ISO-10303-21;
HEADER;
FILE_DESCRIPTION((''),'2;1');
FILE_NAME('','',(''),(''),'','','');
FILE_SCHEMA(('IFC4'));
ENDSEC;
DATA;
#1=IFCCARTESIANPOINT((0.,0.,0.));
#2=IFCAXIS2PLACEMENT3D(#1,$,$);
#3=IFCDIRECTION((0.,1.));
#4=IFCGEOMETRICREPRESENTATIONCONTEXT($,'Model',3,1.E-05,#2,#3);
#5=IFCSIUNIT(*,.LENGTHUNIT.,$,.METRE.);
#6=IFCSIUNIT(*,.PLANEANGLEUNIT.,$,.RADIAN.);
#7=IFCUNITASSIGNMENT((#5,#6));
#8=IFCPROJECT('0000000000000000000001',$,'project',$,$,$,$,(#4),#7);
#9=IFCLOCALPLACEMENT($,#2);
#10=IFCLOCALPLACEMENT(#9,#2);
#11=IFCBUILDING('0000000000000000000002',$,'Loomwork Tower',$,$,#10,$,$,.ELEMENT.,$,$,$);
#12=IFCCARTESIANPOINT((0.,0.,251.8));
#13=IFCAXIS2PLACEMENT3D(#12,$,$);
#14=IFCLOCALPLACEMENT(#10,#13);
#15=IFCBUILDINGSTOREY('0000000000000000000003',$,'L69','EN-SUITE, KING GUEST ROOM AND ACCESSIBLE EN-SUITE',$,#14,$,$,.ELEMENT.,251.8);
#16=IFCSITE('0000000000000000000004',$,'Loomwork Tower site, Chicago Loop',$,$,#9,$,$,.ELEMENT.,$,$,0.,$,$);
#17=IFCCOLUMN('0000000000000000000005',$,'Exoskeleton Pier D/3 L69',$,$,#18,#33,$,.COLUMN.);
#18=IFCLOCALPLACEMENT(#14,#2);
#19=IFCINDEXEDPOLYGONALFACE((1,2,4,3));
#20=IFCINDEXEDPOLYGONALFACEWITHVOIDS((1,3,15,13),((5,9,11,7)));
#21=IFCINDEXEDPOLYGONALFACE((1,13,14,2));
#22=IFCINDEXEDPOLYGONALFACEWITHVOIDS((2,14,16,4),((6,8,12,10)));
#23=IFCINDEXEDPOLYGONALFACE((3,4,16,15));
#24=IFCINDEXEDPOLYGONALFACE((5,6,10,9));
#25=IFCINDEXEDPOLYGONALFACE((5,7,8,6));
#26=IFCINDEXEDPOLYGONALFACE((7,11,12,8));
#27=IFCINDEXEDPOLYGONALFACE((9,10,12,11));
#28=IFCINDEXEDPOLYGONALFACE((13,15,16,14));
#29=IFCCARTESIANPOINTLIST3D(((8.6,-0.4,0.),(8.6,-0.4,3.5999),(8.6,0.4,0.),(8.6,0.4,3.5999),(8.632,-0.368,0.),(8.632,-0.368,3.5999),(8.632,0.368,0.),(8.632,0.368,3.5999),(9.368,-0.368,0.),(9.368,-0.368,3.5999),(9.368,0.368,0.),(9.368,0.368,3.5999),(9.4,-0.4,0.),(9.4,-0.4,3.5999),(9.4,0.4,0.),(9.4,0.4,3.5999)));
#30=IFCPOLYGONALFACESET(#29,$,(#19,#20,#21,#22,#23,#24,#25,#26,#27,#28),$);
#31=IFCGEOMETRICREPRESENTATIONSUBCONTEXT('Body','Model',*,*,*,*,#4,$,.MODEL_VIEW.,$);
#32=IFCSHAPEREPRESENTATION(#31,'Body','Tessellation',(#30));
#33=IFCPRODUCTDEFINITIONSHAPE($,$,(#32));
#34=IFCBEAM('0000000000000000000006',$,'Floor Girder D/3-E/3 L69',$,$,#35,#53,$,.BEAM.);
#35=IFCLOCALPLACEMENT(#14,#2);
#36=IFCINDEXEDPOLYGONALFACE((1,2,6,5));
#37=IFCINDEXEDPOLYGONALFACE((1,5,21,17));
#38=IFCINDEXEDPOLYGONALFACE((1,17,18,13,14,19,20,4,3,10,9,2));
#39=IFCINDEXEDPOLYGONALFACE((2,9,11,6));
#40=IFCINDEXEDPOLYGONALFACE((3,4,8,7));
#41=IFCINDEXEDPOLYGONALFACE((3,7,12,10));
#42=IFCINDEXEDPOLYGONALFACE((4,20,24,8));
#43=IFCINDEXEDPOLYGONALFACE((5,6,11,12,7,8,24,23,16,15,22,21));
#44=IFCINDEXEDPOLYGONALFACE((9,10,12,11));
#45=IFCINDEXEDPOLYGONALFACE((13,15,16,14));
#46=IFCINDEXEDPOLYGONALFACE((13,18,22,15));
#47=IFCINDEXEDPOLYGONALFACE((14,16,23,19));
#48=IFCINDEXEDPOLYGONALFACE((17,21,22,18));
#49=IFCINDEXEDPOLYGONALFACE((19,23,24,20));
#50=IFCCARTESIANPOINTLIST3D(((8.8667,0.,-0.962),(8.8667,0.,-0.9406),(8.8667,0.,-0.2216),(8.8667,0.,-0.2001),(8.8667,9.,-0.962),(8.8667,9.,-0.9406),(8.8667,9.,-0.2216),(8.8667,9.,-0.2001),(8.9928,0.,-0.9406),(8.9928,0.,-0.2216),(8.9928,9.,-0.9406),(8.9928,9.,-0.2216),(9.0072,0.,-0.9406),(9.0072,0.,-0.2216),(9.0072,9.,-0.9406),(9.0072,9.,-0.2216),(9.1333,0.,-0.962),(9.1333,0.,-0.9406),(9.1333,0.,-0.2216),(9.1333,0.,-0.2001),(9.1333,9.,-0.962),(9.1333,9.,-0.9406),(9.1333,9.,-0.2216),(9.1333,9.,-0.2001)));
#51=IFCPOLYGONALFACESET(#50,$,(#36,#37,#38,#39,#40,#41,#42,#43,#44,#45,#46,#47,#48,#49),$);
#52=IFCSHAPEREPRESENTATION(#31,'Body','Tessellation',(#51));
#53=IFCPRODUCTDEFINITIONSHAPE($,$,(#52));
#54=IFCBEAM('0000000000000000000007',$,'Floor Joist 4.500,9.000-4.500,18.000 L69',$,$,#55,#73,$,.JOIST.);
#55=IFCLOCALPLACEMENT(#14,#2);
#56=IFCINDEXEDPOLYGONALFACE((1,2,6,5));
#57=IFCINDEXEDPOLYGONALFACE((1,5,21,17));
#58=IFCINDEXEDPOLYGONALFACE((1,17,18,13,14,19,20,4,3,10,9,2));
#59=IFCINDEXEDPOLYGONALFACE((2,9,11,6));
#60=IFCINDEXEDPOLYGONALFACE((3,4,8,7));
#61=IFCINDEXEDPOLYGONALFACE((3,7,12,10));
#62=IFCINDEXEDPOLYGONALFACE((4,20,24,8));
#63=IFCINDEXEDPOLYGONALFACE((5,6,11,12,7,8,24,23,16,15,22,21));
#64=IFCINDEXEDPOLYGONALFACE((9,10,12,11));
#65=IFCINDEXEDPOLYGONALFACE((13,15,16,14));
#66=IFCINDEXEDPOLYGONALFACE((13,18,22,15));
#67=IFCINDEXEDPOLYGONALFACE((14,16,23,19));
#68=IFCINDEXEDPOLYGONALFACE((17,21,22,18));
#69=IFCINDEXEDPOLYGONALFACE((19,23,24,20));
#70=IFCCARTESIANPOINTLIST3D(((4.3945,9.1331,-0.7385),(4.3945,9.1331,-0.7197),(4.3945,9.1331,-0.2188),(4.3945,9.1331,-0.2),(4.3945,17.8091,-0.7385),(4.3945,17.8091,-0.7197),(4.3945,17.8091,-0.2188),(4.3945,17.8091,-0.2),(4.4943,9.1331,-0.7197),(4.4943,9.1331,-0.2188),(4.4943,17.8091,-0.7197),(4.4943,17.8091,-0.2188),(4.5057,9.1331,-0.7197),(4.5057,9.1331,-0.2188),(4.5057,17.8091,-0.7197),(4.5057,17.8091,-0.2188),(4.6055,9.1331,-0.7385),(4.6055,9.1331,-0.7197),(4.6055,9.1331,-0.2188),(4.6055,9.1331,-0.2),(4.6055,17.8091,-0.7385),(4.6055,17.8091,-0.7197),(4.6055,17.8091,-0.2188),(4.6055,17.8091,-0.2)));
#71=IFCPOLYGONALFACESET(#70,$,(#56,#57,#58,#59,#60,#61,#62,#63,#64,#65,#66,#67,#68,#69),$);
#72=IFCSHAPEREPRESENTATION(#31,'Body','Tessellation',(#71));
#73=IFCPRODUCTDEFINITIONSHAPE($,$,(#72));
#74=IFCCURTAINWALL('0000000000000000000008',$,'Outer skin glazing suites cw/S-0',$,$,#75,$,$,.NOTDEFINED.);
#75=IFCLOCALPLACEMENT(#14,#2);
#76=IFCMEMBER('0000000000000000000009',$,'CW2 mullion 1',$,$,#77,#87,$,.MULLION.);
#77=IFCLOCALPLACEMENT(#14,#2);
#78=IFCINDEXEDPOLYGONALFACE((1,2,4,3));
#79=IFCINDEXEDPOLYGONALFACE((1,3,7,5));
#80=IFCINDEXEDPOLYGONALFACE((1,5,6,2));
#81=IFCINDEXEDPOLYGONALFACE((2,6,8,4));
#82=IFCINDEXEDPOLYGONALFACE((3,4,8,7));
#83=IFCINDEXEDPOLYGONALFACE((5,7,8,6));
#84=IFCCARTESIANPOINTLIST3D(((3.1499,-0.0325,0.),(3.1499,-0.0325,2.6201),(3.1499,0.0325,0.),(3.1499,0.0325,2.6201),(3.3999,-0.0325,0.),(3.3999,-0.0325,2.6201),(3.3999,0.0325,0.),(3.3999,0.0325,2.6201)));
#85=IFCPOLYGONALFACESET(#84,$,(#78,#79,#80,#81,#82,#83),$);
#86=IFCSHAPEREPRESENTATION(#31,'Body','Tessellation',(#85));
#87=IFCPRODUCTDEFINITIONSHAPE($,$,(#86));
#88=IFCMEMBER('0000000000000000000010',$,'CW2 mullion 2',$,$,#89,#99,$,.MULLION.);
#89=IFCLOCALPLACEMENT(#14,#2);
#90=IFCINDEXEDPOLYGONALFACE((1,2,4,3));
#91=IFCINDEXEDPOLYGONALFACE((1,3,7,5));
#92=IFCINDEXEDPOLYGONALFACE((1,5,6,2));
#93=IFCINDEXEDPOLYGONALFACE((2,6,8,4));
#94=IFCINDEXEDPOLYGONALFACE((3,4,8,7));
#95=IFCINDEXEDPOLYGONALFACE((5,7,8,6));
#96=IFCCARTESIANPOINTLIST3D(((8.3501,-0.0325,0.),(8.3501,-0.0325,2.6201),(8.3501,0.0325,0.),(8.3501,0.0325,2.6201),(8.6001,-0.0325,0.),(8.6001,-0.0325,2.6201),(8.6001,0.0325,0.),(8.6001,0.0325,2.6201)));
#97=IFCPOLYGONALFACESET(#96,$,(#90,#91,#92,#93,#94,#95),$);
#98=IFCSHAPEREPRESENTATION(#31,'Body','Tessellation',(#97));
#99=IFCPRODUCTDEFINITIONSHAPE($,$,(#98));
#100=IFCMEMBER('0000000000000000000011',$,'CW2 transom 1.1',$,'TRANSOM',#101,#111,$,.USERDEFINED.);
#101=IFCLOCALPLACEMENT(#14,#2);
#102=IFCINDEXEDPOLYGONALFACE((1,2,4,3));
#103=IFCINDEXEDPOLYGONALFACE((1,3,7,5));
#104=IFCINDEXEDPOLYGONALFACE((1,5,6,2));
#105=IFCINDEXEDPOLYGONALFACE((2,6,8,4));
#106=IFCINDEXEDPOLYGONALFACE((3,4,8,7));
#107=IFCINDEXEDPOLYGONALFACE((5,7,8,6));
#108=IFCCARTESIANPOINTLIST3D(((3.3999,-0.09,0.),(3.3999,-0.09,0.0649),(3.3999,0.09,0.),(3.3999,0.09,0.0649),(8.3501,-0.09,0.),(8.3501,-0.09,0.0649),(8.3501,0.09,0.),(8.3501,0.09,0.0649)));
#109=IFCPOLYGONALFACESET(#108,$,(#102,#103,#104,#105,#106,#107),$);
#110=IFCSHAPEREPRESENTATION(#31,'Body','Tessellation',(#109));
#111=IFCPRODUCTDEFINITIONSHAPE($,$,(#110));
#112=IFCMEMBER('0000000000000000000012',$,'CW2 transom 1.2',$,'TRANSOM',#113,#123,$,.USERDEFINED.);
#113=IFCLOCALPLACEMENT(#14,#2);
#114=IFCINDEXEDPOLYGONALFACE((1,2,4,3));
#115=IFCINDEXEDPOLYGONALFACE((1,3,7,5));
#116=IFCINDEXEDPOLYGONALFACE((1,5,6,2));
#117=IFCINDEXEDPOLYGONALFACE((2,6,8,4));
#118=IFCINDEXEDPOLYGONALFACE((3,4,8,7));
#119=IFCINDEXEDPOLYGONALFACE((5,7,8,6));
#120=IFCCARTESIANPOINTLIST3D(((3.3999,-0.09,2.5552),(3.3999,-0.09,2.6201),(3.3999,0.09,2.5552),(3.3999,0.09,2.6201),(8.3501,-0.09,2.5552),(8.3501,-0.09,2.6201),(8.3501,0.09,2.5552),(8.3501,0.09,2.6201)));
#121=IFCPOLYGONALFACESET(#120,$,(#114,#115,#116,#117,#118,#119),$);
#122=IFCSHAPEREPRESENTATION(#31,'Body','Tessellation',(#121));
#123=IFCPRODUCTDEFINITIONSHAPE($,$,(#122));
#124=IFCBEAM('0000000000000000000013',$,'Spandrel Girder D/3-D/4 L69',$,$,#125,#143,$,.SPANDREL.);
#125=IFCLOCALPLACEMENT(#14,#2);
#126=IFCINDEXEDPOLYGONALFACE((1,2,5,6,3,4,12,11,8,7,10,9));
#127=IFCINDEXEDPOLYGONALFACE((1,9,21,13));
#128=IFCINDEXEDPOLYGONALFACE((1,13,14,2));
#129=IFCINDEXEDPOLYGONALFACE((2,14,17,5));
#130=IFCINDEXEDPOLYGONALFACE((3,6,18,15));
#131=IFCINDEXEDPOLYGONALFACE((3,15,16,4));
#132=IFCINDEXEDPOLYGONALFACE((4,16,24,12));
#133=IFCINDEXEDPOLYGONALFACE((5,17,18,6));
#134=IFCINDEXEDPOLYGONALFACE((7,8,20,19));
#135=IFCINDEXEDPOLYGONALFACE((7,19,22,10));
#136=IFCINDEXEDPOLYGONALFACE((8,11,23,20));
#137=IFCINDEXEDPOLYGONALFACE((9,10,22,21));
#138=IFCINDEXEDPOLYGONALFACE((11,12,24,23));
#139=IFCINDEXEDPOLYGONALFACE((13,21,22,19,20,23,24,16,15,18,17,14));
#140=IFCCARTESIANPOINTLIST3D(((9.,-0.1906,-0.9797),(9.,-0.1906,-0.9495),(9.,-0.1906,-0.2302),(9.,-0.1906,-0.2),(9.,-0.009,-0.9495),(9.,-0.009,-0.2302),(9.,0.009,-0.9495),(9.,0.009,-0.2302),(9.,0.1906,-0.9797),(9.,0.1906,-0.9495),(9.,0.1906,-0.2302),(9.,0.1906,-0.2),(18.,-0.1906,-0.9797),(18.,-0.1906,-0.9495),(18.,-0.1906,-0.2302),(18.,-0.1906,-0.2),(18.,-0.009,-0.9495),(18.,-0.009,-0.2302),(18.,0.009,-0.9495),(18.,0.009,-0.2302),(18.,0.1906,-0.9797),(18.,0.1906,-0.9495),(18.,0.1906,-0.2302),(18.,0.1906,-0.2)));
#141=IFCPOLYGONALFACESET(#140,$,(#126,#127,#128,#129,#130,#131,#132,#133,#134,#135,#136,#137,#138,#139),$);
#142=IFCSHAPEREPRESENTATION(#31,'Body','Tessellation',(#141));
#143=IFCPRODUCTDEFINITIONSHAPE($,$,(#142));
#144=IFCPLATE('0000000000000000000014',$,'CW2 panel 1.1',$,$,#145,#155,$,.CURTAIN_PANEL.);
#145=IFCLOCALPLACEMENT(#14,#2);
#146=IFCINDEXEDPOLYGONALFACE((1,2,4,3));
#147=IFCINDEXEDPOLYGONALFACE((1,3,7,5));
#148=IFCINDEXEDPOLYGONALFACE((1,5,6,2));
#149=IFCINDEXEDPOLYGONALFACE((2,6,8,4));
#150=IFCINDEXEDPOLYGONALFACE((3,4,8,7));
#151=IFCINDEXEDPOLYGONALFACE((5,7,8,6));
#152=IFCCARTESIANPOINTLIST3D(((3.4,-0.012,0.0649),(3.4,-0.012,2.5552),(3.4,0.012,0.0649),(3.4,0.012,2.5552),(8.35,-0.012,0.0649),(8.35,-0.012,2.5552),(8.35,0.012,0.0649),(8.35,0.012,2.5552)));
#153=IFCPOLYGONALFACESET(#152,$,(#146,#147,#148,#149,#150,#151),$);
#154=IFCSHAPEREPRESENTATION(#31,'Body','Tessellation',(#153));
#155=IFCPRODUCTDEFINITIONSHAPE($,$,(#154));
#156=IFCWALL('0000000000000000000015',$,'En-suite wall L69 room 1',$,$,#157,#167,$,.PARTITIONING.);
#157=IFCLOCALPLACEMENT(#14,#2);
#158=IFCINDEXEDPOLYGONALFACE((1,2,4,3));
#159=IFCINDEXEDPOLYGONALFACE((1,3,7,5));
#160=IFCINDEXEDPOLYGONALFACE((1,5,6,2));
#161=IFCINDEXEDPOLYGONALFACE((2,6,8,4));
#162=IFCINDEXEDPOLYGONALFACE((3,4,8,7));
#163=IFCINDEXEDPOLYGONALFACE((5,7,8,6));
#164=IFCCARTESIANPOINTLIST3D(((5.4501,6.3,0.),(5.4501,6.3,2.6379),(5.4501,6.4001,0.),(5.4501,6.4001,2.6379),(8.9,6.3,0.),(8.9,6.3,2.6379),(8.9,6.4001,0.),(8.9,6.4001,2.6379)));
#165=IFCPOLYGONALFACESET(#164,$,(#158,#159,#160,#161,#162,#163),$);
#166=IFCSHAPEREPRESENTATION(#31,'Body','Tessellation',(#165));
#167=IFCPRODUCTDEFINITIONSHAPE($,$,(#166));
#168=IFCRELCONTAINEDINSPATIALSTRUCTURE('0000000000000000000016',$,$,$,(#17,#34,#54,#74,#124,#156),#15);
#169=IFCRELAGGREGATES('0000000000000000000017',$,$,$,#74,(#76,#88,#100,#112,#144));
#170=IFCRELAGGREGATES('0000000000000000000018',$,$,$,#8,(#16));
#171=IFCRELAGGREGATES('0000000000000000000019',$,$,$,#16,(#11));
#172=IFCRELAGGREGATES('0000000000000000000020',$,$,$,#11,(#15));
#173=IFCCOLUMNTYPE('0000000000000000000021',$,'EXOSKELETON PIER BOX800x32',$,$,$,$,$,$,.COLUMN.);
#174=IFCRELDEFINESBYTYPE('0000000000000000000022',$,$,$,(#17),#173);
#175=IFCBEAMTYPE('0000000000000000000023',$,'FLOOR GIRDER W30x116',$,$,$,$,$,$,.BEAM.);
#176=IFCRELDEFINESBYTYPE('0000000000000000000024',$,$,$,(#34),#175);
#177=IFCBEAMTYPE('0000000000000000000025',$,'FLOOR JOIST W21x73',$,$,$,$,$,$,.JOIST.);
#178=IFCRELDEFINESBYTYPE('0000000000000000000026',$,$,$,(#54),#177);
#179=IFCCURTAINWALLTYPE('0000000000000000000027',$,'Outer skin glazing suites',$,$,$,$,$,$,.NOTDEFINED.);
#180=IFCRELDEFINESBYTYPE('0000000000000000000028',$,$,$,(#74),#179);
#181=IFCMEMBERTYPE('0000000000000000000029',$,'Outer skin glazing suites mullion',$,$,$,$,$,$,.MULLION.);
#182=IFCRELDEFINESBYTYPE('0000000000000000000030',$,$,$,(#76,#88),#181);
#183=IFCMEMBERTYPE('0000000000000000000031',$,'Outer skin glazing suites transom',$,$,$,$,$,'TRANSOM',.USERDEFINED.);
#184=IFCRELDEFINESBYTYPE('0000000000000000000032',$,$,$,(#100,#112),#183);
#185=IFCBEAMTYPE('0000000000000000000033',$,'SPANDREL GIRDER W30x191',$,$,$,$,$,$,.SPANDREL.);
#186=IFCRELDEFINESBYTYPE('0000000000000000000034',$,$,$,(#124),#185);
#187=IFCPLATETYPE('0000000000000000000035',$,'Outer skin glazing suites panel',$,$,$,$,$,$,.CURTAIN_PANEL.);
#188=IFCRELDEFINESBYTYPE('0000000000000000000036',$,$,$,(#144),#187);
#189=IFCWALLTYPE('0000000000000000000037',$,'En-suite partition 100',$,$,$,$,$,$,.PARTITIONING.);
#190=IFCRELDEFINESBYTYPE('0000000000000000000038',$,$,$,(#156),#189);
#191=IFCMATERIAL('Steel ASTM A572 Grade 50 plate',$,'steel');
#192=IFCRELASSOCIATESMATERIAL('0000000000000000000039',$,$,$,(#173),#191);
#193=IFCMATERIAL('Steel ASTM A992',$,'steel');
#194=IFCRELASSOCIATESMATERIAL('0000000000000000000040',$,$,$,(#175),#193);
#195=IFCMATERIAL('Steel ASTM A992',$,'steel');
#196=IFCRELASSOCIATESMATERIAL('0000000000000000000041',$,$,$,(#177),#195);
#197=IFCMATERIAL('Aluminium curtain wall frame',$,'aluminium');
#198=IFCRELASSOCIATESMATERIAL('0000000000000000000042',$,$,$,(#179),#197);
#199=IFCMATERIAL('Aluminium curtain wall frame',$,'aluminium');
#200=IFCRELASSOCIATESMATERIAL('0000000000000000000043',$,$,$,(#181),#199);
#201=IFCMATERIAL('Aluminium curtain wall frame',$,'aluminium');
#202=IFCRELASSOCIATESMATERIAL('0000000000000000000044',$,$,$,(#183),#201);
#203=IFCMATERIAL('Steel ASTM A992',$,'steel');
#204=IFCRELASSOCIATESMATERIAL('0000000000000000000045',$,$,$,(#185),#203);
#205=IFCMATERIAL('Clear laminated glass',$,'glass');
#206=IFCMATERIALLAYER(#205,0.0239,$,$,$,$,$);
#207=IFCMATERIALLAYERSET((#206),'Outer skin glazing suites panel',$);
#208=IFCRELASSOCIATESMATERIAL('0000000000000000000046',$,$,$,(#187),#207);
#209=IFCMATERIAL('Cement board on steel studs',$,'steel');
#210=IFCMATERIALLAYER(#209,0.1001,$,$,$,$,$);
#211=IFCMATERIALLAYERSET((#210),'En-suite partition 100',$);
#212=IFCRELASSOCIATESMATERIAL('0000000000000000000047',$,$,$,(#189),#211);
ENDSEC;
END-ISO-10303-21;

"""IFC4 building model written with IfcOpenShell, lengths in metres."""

from ifc_helpers import new_model, si_unit, direction, frame, frame_2d, origin, origin_2d, place, context, subcontext, project, spatial, rectangle, hollow_rectangle, i_section, extrude, material, layer, layer_set, material_profile, profile_set, type_object, element, aggregate, save


model = new_model("IFC4")

# Units and contexts
model_context = context("Model", 3, precision=1e-05, world=origin(), true_north=direction((0.0, 1.0)))
body_context = subcontext(model_context, "Body", "Model", "MODEL_VIEW")
ifc_project = project(units=[si_unit("LENGTHUNIT", "METRE"), si_unit("PLANEANGLEUNIT", "RADIAN")], contexts=[model_context])

# Site, building, storey
site_placement = place(None, origin())
site = spatial("IfcSite", under=ifc_project, at=site_placement, Name="Loomwork Tower site, Chicago Loop", CompositionType="ELEMENT", RefElevation=0.0)
building_placement = place(site_placement, origin())
building = spatial("IfcBuilding", under=site, at=building_placement, Name="Loomwork Tower", CompositionType="ELEMENT")
storey_placement = place(building_placement, frame((0.0, 0.0, 251.8)))
storey = spatial("IfcBuildingStorey", under=building, at=storey_placement, Name="L69", Description="EN-SUITE, KING GUEST ROOM AND ACCESSIBLE EN-SUITE", CompositionType="ELEMENT", Elevation=251.8)

# Column
ifc_material_1 = material(Name="Steel ASTM A572 Grade 50 plate", Category="steel")
ifc_material_profile_1 = material_profile(ifc_material_1, hollow_rectangle(XDim=0.8, YDim=0.8, WallThickness=0.032, at=origin_2d()), Name="BOX800x32")
ifc_profile_set_1 = profile_set([ifc_material_profile_1], Name="Steel ASTM A572 Grade 50 plate")
column_type = type_object("IfcColumnType", Name="EXOSKELETON PIER BOX800x32", PredefinedType="COLUMN", material=ifc_profile_set_1)
column_placement = place(storey_placement, frame((9.0, 0.0, 0.0), z_axis=(0.0, 0.0, 1.0), x_axis=(1.0, 0.0, 0.0)))
element("IfcColumn", 1, at=column_placement, inside=storey, type_object=column_type, Name="Exoskeleton Pier D/3 L69", PredefinedType="COLUMN", context=body_context, shape_type="SweptSolid", body=[
    extrude(hollow_rectangle(XDim=0.8, YDim=0.8, WallThickness=0.032, at=origin_2d()), origin(), (0.0, 0.0, 1.0), 3.5999),
])

# Beams
ifc_material_2 = material(Name="Steel ASTM A992", Category="steel")
ifc_material_profile_2 = material_profile(ifc_material_2, i_section(OverallWidth=0.2666, OverallDepth=0.762, WebThickness=0.0144, FlangeThickness=0.0215, at=origin_2d()), Name="W30x116")
ifc_profile_set_2 = profile_set([ifc_material_profile_2], Name="Steel ASTM A992")
beam_type_1 = type_object("IfcBeamType", Name="FLOOR GIRDER W30x116", PredefinedType="BEAM", material=ifc_profile_set_2)
beam_1_placement = place(storey_placement, frame((9.0, 0.0, -0.5811), z_axis=(0.0, 1.0, 0.0), x_axis=(-1.0, 0.0, 0.0)))
element("IfcBeam", 2, at=beam_1_placement, inside=storey, type_object=beam_type_1, Name="Floor Girder D/3-E/3 L69", PredefinedType="BEAM", context=body_context, shape_type="SweptSolid", body=[
    extrude(i_section(OverallWidth=0.2666, OverallDepth=0.762, WebThickness=0.0144, FlangeThickness=0.0215, at=origin_2d()), origin(), (0.0, 0.0, 1.0), 9.0),
])
ifc_material_3 = material(Name="Steel ASTM A992", Category="steel")
ifc_material_profile_3 = material_profile(ifc_material_3, i_section(OverallWidth=0.2109, OverallDepth=0.5386, WebThickness=0.0115, FlangeThickness=0.0188, at=origin_2d()), Name="W21x73")
ifc_profile_set_3 = profile_set([ifc_material_profile_3], Name="Steel ASTM A992")
beam_type_2 = type_object("IfcBeamType", Name="FLOOR JOIST W21x73", PredefinedType="JOIST", material=ifc_profile_set_3)
beam_2_placement = place(storey_placement, frame((4.5, 9.1331, -0.4692), z_axis=(0.0, 1.0, 0.0), x_axis=(-1.0, 0.0, 0.0)))
element("IfcBeam", 3, at=beam_2_placement, inside=storey, type_object=beam_type_2, Name="Floor Joist 4.500,9.000-4.500,18.000 L69", PredefinedType="JOIST", context=body_context, shape_type="SweptSolid", body=[
    extrude(i_section(OverallWidth=0.2109, OverallDepth=0.5386, WebThickness=0.0115, FlangeThickness=0.0188, at=origin_2d()), origin(), (0.0, 0.0, 1.0), 8.676),
])

# Curtain wall, members
ifc_material_4 = material(Name="Aluminium curtain wall frame", Category="aluminium")
curtain_wall_type = type_object("IfcCurtainWallType", Name="Outer skin glazing suites", PredefinedType="NOTDEFINED", material=ifc_material_4)
curtain_wall_placement = place(storey_placement, origin())
curtain_wall = element("IfcCurtainWall", 4, at=curtain_wall_placement, inside=storey, type_object=curtain_wall_type, Name="Outer skin glazing suites cw/S-0", PredefinedType="NOTDEFINED")
ifc_material_5 = material(Name="Aluminium curtain wall frame", Category="aluminium")
ifc_material_profile_4 = material_profile(ifc_material_5, rectangle(XDim=0.0649, YDim=0.25, at=origin_2d()), Name="AL 65x250")
ifc_profile_set_4 = profile_set([ifc_material_profile_4], Name="Aluminium curtain wall frame")
member_type_1 = type_object("IfcMemberType", Name="Outer skin glazing suites mullion", PredefinedType="MULLION", material=ifc_profile_set_4)
member_1_placement = place(storey_placement, frame((3.2749, 0.0, 0.0), z_axis=(0.0, 0.0, 1.0), x_axis=(0.0, 1.0, 0.0)))
member_1 = element("IfcMember", 5, at=member_1_placement, type_object=member_type_1, Name="CW2 mullion 1", PredefinedType="MULLION", context=body_context, shape_type="SweptSolid", body=[
    extrude(rectangle(XDim=0.0649, YDim=0.25, at=origin_2d()), origin(), (0.0, 0.0, 1.0), 2.6201),
])
member_2_placement = place(storey_placement, frame((8.4751, 0.0, 0.0), z_axis=(0.0, 0.0, 1.0), x_axis=(0.0, 1.0, 0.0)))
member_2 = element("IfcMember", 6, at=member_2_placement, type_object=member_type_1, Name="CW2 mullion 2", PredefinedType="MULLION", context=body_context, shape_type="SweptSolid", body=[
    extrude(rectangle(XDim=0.0649, YDim=0.25, at=origin_2d()), origin(), (0.0, 0.0, 1.0), 2.6201),
])
ifc_material_6 = material(Name="Aluminium curtain wall frame", Category="aluminium")
ifc_material_profile_5 = material_profile(ifc_material_6, rectangle(XDim=0.1799, YDim=0.0649, at=origin_2d()), Name="AL 65x180")
ifc_profile_set_5 = profile_set([ifc_material_profile_5], Name="Aluminium curtain wall frame")
member_type_2 = type_object("IfcMemberType", Name="Outer skin glazing suites transom", ElementType="TRANSOM", PredefinedType="USERDEFINED", material=ifc_profile_set_5)
member_3_placement = place(storey_placement, frame((3.3999, 0.0, 0.0325), z_axis=(1.0, 0.0, 0.0), x_axis=(0.0, 1.0, 0.0)))
member_3 = element("IfcMember", 7, at=member_3_placement, type_object=member_type_2, Name="CW2 transom 1.1", ObjectType="TRANSOM", PredefinedType="USERDEFINED", context=body_context, shape_type="SweptSolid", body=[
    extrude(rectangle(XDim=0.1799, YDim=0.0649, at=origin_2d()), origin(), (0.0, 0.0, 1.0), 4.9502),
])
member_4_placement = place(storey_placement, frame((3.3999, 0.0, 2.5876), z_axis=(1.0, 0.0, 0.0), x_axis=(0.0, 1.0, 0.0)))
member_4 = element("IfcMember", 8, at=member_4_placement, type_object=member_type_2, Name="CW2 transom 1.2", ObjectType="TRANSOM", PredefinedType="USERDEFINED", context=body_context, shape_type="SweptSolid", body=[
    extrude(rectangle(XDim=0.1799, YDim=0.0649, at=origin_2d()), origin(), (0.0, 0.0, 1.0), 4.9502),
])

# Beam
ifc_material_7 = material(Name="Steel ASTM A992", Category="steel")
ifc_material_profile_6 = material_profile(ifc_material_7, i_section(OverallWidth=0.3811, OverallDepth=0.7798, WebThickness=0.0181, FlangeThickness=0.0303, at=origin_2d()), Name="W30x191")
ifc_profile_set_6 = profile_set([ifc_material_profile_6], Name="Steel ASTM A992")
beam_type_3 = type_object("IfcBeamType", Name="SPANDREL GIRDER W30x191", PredefinedType="SPANDREL", material=ifc_profile_set_6)
beam_3_placement = place(storey_placement, frame((9.0, 0.0, -0.5898), z_axis=(1.0, 0.0, 0.0), x_axis=(0.0, 1.0, 0.0)))
element("IfcBeam", 9, at=beam_3_placement, inside=storey, type_object=beam_type_3, Name="Spandrel Girder D/3-D/4 L69", PredefinedType="SPANDREL", context=body_context, shape_type="SweptSolid", body=[
    extrude(i_section(OverallWidth=0.3811, OverallDepth=0.7798, WebThickness=0.0181, FlangeThickness=0.0303, at=origin_2d()), origin(), (0.0, 0.0, 1.0), 9.0),
])

# Plate
ifc_material_8 = material(Name="Clear laminated glass", Category="glass")
ifc_layer_1 = layer(ifc_material_8, 0.0239)
ifc_layer_set_1 = layer_set([ifc_layer_1], Name="Outer skin glazing suites panel")
plate_type = type_object("IfcPlateType", Name="Outer skin glazing suites panel", PredefinedType="CURTAIN_PANEL", material=ifc_layer_set_1)
plate_placement = place(storey_placement, frame((5.875, 0.0, 0.0649), z_axis=(0.0, 0.0, 1.0), x_axis=(1.0, 0.0, 0.0)))
plate = element("IfcPlate", 10, at=plate_placement, type_object=plate_type, Name="CW2 panel 1.1", PredefinedType="CURTAIN_PANEL", context=body_context, shape_type="SweptSolid", body=[
    extrude(rectangle(XDim=4.95, YDim=0.0239, at=origin_2d()), origin(), (0.0, 0.0, 1.0), 2.4902),
])
aggregate(curtain_wall, [member_1, member_2, member_3, member_4, plate])

# Wall
ifc_material_9 = material(Name="Cement board on steel studs", Category="steel")
ifc_layer_2 = layer(ifc_material_9, 0.1001)
ifc_layer_set_2 = layer_set([ifc_layer_2], Name="En-suite partition 100")
wall_type_1 = type_object("IfcWallType", Name="En-suite partition 100", PredefinedType="PARTITIONING", material=ifc_layer_set_2)
wall_1_placement = place(storey_placement, frame((5.45, 6.3501, 0.0), z_axis=(0.0, 0.0, 1.0), x_axis=(1.0, 0.0, 0.0)))
element("IfcWall", 11, at=wall_1_placement, inside=storey, type_object=wall_type_1, Name="En-suite wall L69 room 1", PredefinedType="PARTITIONING", context=body_context, shape_type="SweptSolid", body=[
    extrude(rectangle(XDim=3.45, YDim=0.1001, at=frame_2d((1.7251, 0.0))), origin(), (0.0, 0.0, 1.0), 2.6379),
])

save(model, "model.ifc")
